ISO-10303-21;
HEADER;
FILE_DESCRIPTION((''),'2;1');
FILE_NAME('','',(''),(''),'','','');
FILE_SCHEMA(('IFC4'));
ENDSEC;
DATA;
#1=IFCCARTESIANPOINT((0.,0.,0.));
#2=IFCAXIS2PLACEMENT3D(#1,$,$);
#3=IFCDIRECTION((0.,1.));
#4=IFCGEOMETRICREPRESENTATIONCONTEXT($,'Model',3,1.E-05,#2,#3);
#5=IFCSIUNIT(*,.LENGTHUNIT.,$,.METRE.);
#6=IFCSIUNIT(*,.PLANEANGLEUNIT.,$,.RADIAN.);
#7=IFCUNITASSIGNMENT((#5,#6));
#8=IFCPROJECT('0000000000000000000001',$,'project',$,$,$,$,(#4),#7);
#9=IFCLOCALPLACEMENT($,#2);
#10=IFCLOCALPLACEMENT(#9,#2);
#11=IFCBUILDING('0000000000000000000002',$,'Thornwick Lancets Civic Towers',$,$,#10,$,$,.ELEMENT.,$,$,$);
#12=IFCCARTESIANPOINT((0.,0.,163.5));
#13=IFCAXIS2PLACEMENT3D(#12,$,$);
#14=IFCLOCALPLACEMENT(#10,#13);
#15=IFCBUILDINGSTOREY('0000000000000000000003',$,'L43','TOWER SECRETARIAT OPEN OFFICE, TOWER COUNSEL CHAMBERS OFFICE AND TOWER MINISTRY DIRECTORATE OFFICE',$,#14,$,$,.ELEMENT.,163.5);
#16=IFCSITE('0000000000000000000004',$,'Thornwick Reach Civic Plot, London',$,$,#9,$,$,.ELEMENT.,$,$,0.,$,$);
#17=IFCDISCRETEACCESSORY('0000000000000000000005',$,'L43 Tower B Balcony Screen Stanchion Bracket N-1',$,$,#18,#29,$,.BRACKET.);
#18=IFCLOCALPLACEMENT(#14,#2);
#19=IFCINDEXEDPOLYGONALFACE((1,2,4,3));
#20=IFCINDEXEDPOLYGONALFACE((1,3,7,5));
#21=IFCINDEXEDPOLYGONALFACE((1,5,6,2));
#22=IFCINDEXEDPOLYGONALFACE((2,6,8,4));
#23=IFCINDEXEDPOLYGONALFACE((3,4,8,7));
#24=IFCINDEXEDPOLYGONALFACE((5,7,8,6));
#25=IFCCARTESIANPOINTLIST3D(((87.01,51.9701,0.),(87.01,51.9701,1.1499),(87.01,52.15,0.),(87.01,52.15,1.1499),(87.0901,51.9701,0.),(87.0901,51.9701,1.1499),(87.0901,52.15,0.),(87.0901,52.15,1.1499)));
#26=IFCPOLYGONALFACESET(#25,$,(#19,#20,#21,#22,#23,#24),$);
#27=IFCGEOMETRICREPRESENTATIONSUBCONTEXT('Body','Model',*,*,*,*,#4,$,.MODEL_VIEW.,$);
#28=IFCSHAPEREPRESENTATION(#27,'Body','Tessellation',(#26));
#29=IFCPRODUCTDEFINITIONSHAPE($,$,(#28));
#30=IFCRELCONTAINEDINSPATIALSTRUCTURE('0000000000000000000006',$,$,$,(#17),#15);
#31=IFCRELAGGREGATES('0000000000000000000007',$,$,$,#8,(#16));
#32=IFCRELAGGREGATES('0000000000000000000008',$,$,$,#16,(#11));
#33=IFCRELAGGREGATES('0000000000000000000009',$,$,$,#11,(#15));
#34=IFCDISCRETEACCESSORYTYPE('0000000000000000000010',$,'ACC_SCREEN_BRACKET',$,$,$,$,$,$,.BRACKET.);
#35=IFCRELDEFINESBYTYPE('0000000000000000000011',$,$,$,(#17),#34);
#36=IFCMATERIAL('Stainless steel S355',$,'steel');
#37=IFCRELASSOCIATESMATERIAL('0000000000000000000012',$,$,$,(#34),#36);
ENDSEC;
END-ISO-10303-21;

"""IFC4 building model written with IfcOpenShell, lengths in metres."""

from ifc_helpers import new_model, si_unit, direction, frame, origin, origin_2d, place, context, subcontext, project, spatial, rectangle, extrude, material, type_object, element, save


model = new_model("IFC4")

# Units and contexts
model_context = context("Model", 3, precision=1e-05, world=origin(), true_north=direction((0.0, 1.0)))
body_context = subcontext(model_context, "Body", "Model", "MODEL_VIEW")
ifc_project = project(units=[si_unit("LENGTHUNIT", "METRE"), si_unit("PLANEANGLEUNIT", "RADIAN")], contexts=[model_context])

# Site, building, storey
site_placement = place(None, origin())
site = spatial("IfcSite", under=ifc_project, at=site_placement, Name="Thornwick Reach Civic Plot, London", CompositionType="ELEMENT", RefElevation=0.0)
building_placement = place(site_placement, origin())
building = spatial("IfcBuilding", under=site, at=building_placement, Name="Thornwick Lancets Civic Towers", CompositionType="ELEMENT")
storey_placement = place(building_placement, frame((0.0, 0.0, 163.5)))
storey = spatial("IfcBuildingStorey", under=building, at=storey_placement, Name="L43", Description="TOWER SECRETARIAT OPEN OFFICE, TOWER COUNSEL CHAMBERS OFFICE AND TOWER MINISTRY DIRECTORATE OFFICE", CompositionType="ELEMENT", Elevation=163.5)

# Discrete accessory
ifc_material_1 = material(Name="Stainless steel S355", Category="steel")
discrete_accessory_type = type_object("IfcDiscreteAccessoryType", Name="ACC_SCREEN_BRACKET", PredefinedType="BRACKET", material=ifc_material_1)
discrete_accessory_placement = place(storey_placement, frame((87.05, 52.0601, 0.0), z_axis=(0.0, 0.0, 1.0), x_axis=(1.0, 0.0, 0.0)))
element("IfcDiscreteAccessory", 1, at=discrete_accessory_placement, inside=storey, type_object=discrete_accessory_type, Name="L43 Tower B Balcony Screen Stanchion Bracket N-1", PredefinedType="BRACKET", context=body_context, shape_type="SweptSolid", body=[
    extrude(rectangle(XDim=0.0801, YDim=0.1799, at=origin_2d()), origin(), (0.0, 0.0, 1.0), 1.1499),
])

save(model, "model.ifc")
